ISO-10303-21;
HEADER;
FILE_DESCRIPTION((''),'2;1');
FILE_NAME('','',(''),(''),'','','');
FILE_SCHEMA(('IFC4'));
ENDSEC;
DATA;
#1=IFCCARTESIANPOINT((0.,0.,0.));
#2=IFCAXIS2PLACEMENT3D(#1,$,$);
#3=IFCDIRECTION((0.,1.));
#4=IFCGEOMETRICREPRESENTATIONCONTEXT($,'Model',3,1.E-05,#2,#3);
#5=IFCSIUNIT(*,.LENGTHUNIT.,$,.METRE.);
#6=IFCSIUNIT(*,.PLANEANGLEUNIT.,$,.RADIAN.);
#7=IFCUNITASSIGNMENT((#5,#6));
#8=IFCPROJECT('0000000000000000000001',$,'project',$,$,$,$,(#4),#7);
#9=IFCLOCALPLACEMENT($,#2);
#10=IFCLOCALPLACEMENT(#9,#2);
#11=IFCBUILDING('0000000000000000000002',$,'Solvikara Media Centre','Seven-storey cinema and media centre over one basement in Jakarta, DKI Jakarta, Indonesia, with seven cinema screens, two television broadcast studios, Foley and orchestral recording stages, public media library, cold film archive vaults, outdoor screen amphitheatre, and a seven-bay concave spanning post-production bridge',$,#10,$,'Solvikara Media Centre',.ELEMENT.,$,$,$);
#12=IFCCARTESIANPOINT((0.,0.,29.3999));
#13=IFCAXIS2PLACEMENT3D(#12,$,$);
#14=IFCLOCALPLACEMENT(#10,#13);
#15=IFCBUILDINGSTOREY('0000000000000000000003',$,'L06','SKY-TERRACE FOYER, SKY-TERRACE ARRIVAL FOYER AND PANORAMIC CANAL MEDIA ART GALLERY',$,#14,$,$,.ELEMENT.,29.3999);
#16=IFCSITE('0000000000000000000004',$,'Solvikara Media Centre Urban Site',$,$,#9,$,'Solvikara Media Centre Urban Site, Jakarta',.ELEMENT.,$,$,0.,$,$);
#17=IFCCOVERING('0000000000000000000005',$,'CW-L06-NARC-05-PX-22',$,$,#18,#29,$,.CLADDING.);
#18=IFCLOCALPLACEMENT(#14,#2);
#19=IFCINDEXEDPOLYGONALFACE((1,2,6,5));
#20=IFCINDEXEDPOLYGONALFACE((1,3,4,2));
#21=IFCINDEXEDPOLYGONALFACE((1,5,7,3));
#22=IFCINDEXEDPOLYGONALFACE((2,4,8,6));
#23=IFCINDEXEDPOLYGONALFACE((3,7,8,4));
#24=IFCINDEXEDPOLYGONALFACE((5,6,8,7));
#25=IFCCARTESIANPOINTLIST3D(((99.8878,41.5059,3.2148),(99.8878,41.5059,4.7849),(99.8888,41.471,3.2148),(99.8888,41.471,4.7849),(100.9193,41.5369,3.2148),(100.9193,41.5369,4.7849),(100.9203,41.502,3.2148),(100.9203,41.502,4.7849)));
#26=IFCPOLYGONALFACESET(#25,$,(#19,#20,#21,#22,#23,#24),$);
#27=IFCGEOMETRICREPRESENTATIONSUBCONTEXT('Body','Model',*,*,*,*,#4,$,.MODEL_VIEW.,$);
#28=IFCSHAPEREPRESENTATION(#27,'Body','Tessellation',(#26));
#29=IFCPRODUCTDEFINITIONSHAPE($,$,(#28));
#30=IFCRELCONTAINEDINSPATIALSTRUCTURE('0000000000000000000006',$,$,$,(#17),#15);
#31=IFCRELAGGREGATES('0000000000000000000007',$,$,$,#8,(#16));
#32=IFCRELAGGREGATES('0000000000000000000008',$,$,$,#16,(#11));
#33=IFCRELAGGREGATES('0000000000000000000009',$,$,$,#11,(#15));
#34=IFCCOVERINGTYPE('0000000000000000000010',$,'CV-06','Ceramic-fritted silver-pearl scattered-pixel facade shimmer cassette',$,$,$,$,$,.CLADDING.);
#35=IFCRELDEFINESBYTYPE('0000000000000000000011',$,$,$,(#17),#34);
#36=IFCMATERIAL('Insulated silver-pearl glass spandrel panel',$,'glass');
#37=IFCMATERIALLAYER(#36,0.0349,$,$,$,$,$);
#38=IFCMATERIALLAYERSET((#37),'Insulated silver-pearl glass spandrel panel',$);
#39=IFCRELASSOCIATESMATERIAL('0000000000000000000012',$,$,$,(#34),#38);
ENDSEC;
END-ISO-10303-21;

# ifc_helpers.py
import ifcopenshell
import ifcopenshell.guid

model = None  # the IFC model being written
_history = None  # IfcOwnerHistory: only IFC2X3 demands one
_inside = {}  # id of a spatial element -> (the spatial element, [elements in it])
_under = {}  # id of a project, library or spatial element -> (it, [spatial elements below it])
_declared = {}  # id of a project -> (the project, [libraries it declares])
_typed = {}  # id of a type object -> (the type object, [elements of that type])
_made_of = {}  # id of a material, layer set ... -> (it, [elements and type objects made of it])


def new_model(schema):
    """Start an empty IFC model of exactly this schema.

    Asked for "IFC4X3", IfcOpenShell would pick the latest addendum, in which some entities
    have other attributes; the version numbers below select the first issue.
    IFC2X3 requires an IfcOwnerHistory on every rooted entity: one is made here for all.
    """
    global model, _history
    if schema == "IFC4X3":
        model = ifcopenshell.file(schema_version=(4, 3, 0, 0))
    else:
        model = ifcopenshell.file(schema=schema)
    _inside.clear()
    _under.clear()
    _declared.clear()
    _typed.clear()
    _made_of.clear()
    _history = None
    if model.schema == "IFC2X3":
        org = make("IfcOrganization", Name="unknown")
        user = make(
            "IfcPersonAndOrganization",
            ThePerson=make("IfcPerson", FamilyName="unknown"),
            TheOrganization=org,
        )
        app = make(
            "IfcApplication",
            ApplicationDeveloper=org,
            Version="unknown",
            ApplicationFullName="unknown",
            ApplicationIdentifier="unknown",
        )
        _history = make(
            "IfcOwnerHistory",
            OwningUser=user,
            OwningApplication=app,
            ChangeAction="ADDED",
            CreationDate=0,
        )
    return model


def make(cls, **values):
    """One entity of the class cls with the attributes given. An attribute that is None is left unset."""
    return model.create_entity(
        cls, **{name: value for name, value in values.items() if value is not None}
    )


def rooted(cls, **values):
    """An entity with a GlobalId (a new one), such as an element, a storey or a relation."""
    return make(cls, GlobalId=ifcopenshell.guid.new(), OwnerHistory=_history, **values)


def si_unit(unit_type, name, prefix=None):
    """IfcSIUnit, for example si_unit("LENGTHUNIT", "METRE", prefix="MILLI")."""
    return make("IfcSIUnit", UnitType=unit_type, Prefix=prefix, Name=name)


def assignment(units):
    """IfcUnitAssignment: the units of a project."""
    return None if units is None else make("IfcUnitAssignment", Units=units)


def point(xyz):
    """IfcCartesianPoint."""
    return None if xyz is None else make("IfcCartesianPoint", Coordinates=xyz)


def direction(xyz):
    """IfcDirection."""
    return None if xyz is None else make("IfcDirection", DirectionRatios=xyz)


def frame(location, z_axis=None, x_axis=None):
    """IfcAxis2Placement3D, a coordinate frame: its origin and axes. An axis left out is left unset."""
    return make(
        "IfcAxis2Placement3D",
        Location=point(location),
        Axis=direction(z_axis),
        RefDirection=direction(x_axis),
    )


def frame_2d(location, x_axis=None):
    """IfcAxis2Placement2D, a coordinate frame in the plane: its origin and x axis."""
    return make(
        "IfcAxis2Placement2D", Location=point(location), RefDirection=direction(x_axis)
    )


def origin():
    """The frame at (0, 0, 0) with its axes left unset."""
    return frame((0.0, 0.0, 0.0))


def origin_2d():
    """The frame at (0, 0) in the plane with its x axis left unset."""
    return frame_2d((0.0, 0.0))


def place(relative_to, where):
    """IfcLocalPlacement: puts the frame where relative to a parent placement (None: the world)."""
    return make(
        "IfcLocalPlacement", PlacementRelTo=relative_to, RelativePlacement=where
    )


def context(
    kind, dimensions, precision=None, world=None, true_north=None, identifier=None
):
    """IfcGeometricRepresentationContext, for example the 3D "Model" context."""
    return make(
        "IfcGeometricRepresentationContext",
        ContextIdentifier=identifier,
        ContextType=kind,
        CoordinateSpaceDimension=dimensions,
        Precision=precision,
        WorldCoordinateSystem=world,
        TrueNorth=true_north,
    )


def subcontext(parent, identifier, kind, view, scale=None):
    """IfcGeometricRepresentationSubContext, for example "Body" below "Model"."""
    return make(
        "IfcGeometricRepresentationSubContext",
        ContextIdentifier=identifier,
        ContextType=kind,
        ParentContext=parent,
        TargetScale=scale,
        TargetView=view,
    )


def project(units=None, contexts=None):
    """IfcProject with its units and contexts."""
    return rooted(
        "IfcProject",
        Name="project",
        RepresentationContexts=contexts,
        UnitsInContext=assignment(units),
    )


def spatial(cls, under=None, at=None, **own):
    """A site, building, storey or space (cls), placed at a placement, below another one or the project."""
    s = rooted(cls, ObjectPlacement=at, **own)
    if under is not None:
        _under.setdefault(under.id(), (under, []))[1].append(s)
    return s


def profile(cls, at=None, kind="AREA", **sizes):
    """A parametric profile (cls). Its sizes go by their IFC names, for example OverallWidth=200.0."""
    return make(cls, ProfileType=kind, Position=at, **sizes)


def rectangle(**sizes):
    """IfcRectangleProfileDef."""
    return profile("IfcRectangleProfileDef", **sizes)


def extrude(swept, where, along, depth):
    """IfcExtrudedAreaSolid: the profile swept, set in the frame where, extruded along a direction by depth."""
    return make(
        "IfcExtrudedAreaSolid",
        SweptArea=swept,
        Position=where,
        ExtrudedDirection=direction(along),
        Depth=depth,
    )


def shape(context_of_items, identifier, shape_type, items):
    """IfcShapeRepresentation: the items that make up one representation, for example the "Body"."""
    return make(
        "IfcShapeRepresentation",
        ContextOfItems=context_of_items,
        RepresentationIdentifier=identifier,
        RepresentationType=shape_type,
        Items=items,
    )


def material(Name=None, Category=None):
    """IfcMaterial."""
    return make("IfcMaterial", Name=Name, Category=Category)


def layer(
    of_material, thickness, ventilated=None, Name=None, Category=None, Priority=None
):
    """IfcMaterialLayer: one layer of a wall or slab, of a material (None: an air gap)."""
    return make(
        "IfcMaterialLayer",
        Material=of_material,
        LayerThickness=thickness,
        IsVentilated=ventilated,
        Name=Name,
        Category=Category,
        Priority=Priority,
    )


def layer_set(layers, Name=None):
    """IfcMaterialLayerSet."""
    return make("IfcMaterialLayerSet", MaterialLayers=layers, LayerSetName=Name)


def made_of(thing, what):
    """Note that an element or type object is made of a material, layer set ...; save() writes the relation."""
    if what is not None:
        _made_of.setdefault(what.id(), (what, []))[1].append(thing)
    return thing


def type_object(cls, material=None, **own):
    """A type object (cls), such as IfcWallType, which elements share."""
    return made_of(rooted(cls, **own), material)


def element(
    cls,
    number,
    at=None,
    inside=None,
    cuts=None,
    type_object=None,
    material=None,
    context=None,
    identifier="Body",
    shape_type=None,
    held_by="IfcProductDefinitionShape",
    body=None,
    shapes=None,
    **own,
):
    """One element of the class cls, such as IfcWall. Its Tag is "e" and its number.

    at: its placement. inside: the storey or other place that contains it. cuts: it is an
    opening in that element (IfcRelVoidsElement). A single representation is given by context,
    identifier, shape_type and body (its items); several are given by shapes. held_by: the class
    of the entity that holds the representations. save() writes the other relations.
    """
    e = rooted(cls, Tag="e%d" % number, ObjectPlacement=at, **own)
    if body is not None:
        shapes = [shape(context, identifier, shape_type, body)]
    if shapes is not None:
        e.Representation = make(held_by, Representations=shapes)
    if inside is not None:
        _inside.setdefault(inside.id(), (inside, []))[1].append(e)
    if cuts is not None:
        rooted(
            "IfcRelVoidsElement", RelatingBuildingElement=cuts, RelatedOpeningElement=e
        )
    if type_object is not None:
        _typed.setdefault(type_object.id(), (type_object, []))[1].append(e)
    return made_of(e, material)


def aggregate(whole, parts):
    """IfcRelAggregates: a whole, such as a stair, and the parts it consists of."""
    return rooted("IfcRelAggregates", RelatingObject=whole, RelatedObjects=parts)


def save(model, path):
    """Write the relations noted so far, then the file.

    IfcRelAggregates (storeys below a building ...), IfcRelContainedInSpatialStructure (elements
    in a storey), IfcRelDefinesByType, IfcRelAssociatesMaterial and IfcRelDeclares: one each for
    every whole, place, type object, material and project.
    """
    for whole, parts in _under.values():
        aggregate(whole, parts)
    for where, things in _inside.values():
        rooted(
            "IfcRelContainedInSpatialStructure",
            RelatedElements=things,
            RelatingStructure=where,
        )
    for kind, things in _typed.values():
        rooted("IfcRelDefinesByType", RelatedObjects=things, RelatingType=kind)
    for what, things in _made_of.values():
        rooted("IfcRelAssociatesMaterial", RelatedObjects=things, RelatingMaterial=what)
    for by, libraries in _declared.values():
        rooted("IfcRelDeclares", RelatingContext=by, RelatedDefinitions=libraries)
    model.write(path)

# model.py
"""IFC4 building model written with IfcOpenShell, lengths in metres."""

from ifc_helpers import new_model, si_unit, direction, frame, origin, origin_2d, place, context, subcontext, project, spatial, rectangle, extrude, material, layer, layer_set, type_object, element, save


model = new_model("IFC4")

# Units and contexts
model_context = context("Model", 3, precision=1e-05, world=origin(), true_north=direction((0.0, 1.0)))
body_context = subcontext(model_context, "Body", "Model", "MODEL_VIEW")
ifc_project = project(units=[si_unit("LENGTHUNIT", "METRE"), si_unit("PLANEANGLEUNIT", "RADIAN")], contexts=[model_context])

# Site, building, storey
site_placement = place(None, origin())
site = spatial("IfcSite", under=ifc_project, at=site_placement, Name="Solvikara Media Centre Urban Site", LongName="Solvikara Media Centre Urban Site, Jakarta", CompositionType="ELEMENT", RefElevation=0.0)
building_placement = place(site_placement, origin())
building = spatial("IfcBuilding", under=site, at=building_placement, Name="Solvikara Media Centre", Description="Seven-storey cinema and media centre over one basement in Jakarta, DKI Jakarta, Indonesia, with seven cinema screens, two television broadcast studios, Foley and orchestral recording stages, public media library, cold film archive vaults, outdoor screen amphitheatre, and a seven-bay concave spanning post-production bridge", LongName="Solvikara Media Centre", CompositionType="ELEMENT")
storey_placement = place(building_placement, frame((0.0, 0.0, 29.3999)))
storey = spatial("IfcBuildingStorey", under=building, at=storey_placement, Name="L06", Description="SKY-TERRACE FOYER, SKY-TERRACE ARRIVAL FOYER AND PANORAMIC CANAL MEDIA ART GALLERY", CompositionType="ELEMENT", Elevation=29.3999)

# Shared definitions
ifc_material_1 = material(Name="Insulated silver-pearl glass spandrel panel", Category="glass")

# Covering
ifc_layer_1 = layer(ifc_material_1, 0.0349)
ifc_layer_set_1 = layer_set([ifc_layer_1], Name="Insulated silver-pearl glass spandrel panel")
covering_type_1 = type_object("IfcCoveringType", Name="CV-06", Description="Ceramic-fritted silver-pearl scattered-pixel facade shimmer cassette", PredefinedType="CLADDING", material=ifc_layer_set_1)
covering_1_placement = place(storey_placement, frame((100.4041, 41.5039, 3.2148), z_axis=(0.0, 0.0, 1.0), x_axis=(0.999549, 0.030033, 0.0)))
element("IfcCovering", 1, at=covering_1_placement, inside=storey, type_object=covering_type_1, Name="CW-L06-NARC-05-PX-22", PredefinedType="CLADDING", context=body_context, shape_type="SweptSolid", body=[
    extrude(rectangle(XDim=1.032, YDim=0.0349, at=origin_2d()), origin(), (0.0, 0.0, 1.0), 1.5701),
])

save(model, "model.ifc")
